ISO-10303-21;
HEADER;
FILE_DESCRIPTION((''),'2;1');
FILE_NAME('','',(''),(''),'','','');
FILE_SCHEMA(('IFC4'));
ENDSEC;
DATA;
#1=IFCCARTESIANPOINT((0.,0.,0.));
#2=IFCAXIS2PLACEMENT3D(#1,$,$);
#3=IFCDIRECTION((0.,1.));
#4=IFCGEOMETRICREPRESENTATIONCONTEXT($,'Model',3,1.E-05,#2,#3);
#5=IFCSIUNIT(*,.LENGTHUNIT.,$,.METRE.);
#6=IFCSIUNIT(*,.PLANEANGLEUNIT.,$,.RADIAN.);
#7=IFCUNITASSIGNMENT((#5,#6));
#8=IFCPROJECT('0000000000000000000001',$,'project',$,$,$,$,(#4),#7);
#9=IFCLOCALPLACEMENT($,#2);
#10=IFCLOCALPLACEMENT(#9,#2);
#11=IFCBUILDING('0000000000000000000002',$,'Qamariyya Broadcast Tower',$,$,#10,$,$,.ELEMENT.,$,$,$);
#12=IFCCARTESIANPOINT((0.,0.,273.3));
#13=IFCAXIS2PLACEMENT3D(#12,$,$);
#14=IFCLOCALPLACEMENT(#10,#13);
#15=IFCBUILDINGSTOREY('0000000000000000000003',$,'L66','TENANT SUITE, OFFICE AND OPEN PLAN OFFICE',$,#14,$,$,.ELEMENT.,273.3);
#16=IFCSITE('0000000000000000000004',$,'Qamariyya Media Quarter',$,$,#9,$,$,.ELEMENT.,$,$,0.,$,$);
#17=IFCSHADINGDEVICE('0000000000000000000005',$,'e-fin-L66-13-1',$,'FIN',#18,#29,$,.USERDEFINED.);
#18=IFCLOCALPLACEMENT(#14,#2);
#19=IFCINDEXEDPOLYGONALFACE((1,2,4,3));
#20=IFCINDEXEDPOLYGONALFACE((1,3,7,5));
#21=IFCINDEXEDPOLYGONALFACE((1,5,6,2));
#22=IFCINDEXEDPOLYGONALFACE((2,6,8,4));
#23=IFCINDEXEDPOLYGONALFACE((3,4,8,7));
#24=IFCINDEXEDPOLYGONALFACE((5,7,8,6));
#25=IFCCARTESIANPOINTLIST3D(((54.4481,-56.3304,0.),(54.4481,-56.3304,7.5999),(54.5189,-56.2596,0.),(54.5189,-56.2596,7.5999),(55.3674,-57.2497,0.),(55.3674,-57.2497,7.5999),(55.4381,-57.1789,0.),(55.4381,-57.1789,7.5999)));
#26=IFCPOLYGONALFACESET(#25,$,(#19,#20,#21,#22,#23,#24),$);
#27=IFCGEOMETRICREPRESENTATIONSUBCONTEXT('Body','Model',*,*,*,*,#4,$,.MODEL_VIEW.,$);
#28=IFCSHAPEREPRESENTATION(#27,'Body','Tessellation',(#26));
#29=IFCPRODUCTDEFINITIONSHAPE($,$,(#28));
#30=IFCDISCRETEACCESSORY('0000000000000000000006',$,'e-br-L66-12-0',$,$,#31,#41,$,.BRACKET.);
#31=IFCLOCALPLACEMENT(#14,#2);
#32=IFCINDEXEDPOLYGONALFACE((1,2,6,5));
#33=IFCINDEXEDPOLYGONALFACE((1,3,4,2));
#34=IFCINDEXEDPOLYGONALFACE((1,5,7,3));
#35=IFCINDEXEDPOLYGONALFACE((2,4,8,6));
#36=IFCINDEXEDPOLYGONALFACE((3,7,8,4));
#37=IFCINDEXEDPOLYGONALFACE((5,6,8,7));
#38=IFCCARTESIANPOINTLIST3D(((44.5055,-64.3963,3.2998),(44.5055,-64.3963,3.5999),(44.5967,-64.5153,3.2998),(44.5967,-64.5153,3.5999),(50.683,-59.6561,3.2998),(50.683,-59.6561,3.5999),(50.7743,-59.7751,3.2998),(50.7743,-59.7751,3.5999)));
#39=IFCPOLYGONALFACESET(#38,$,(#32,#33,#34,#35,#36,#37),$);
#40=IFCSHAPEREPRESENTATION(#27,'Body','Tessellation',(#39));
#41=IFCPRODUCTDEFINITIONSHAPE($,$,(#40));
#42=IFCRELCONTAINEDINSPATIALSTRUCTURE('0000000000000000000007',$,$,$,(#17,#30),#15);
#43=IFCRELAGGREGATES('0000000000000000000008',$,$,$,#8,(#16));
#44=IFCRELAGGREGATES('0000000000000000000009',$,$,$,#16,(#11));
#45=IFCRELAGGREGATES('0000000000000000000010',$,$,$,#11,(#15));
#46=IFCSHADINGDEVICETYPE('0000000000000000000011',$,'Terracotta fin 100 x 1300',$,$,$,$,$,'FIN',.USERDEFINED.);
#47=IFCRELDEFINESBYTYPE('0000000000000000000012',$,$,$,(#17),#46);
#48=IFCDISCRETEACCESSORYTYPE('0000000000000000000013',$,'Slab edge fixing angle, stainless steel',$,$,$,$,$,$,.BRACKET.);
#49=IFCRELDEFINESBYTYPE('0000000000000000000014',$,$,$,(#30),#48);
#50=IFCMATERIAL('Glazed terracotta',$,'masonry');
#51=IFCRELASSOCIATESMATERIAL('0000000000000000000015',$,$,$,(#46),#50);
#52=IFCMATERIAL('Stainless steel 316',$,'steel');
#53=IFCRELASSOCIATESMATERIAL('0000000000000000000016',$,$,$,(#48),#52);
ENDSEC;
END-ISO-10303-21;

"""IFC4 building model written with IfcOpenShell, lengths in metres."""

from ifc_helpers import new_model, si_unit, direction, frame, origin, origin_2d, place, context, subcontext, project, spatial, rectangle, extrude, material, material_profile, profile_set, type_object, element, save


model = new_model("IFC4")

# Units and contexts
model_context = context("Model", 3, precision=1e-05, world=origin(), true_north=direction((0.0, 1.0)))
body_context = subcontext(model_context, "Body", "Model", "MODEL_VIEW")
ifc_project = project(units=[si_unit("LENGTHUNIT", "METRE"), si_unit("PLANEANGLEUNIT", "RADIAN")], contexts=[model_context])

# Site, building, storey
site_placement = place(None, origin())
site = spatial("IfcSite", under=ifc_project, at=site_placement, Name="Qamariyya Media Quarter", CompositionType="ELEMENT", RefElevation=0.0)
building_placement = place(site_placement, origin())
building = spatial("IfcBuilding", under=site, at=building_placement, Name="Qamariyya Broadcast Tower", CompositionType="ELEMENT")
storey_placement = place(building_placement, frame((0.0, 0.0, 273.3)))
storey = spatial("IfcBuildingStorey", under=building, at=storey_placement, Name="L66", Description="TENANT SUITE, OFFICE AND OPEN PLAN OFFICE", CompositionType="ELEMENT", Elevation=273.3)

# Shading device
ifc_material_1 = material(Name="Glazed terracotta", Category="masonry")
ifc_material_profile_1 = material_profile(ifc_material_1, rectangle(XDim=1.3, YDim=0.1001, at=origin_2d()))
ifc_profile_set_1 = profile_set([ifc_material_profile_1], Name="Glazed terracotta")
shading_device_type_1 = type_object("IfcShadingDeviceType", Name="Terracotta fin 100 x 1300", ElementType="FIN", PredefinedType="USERDEFINED", material=ifc_profile_set_1)
for number, where, z_axis, x_axis, name in (
    (1, (54.9431, -56.7546, 0.0), (0.0, 0.0, 1.0), (0.707107, -0.707107, 0.0), "e-fin-L66-13-1"),
):
    element("IfcShadingDevice", number, at=place(storey_placement, frame(where, z_axis=z_axis, x_axis=x_axis)), inside=storey, type_object=shading_device_type_1, Name=name, ObjectType="FIN", PredefinedType="USERDEFINED", context=body_context, shape_type="SweptSolid", body=[
        extrude(rectangle(XDim=1.3, YDim=0.1001, at=origin_2d()), origin(), (0.0, 0.0, 1.0), 7.5999),
    ])

# Discrete accessory
ifc_material_2 = material(Name="Stainless steel 316", Category="steel")
discrete_accessory_type = type_object("IfcDiscreteAccessoryType", Name="Slab edge fixing angle, stainless steel", PredefinedType="BRACKET", material=ifc_material_2)
discrete_accessory_placement = place(storey_placement, frame((47.6399, -62.0857, 3.2998), z_axis=(0.0, 0.0, 1.0), x_axis=(0.793353, 0.608761, 0.0)))
element("IfcDiscreteAccessory", 2, at=discrete_accessory_placement, inside=storey, type_object=discrete_accessory_type, Name="e-br-L66-12-0", PredefinedType="BRACKET", context=body_context, shape_type="SweptSolid", body=[
    extrude(rectangle(XDim=7.7866, YDim=0.1499, at=origin_2d()), origin(), (0.0, 0.0, 1.0), 0.3),
])

save(model, "model.ifc")
